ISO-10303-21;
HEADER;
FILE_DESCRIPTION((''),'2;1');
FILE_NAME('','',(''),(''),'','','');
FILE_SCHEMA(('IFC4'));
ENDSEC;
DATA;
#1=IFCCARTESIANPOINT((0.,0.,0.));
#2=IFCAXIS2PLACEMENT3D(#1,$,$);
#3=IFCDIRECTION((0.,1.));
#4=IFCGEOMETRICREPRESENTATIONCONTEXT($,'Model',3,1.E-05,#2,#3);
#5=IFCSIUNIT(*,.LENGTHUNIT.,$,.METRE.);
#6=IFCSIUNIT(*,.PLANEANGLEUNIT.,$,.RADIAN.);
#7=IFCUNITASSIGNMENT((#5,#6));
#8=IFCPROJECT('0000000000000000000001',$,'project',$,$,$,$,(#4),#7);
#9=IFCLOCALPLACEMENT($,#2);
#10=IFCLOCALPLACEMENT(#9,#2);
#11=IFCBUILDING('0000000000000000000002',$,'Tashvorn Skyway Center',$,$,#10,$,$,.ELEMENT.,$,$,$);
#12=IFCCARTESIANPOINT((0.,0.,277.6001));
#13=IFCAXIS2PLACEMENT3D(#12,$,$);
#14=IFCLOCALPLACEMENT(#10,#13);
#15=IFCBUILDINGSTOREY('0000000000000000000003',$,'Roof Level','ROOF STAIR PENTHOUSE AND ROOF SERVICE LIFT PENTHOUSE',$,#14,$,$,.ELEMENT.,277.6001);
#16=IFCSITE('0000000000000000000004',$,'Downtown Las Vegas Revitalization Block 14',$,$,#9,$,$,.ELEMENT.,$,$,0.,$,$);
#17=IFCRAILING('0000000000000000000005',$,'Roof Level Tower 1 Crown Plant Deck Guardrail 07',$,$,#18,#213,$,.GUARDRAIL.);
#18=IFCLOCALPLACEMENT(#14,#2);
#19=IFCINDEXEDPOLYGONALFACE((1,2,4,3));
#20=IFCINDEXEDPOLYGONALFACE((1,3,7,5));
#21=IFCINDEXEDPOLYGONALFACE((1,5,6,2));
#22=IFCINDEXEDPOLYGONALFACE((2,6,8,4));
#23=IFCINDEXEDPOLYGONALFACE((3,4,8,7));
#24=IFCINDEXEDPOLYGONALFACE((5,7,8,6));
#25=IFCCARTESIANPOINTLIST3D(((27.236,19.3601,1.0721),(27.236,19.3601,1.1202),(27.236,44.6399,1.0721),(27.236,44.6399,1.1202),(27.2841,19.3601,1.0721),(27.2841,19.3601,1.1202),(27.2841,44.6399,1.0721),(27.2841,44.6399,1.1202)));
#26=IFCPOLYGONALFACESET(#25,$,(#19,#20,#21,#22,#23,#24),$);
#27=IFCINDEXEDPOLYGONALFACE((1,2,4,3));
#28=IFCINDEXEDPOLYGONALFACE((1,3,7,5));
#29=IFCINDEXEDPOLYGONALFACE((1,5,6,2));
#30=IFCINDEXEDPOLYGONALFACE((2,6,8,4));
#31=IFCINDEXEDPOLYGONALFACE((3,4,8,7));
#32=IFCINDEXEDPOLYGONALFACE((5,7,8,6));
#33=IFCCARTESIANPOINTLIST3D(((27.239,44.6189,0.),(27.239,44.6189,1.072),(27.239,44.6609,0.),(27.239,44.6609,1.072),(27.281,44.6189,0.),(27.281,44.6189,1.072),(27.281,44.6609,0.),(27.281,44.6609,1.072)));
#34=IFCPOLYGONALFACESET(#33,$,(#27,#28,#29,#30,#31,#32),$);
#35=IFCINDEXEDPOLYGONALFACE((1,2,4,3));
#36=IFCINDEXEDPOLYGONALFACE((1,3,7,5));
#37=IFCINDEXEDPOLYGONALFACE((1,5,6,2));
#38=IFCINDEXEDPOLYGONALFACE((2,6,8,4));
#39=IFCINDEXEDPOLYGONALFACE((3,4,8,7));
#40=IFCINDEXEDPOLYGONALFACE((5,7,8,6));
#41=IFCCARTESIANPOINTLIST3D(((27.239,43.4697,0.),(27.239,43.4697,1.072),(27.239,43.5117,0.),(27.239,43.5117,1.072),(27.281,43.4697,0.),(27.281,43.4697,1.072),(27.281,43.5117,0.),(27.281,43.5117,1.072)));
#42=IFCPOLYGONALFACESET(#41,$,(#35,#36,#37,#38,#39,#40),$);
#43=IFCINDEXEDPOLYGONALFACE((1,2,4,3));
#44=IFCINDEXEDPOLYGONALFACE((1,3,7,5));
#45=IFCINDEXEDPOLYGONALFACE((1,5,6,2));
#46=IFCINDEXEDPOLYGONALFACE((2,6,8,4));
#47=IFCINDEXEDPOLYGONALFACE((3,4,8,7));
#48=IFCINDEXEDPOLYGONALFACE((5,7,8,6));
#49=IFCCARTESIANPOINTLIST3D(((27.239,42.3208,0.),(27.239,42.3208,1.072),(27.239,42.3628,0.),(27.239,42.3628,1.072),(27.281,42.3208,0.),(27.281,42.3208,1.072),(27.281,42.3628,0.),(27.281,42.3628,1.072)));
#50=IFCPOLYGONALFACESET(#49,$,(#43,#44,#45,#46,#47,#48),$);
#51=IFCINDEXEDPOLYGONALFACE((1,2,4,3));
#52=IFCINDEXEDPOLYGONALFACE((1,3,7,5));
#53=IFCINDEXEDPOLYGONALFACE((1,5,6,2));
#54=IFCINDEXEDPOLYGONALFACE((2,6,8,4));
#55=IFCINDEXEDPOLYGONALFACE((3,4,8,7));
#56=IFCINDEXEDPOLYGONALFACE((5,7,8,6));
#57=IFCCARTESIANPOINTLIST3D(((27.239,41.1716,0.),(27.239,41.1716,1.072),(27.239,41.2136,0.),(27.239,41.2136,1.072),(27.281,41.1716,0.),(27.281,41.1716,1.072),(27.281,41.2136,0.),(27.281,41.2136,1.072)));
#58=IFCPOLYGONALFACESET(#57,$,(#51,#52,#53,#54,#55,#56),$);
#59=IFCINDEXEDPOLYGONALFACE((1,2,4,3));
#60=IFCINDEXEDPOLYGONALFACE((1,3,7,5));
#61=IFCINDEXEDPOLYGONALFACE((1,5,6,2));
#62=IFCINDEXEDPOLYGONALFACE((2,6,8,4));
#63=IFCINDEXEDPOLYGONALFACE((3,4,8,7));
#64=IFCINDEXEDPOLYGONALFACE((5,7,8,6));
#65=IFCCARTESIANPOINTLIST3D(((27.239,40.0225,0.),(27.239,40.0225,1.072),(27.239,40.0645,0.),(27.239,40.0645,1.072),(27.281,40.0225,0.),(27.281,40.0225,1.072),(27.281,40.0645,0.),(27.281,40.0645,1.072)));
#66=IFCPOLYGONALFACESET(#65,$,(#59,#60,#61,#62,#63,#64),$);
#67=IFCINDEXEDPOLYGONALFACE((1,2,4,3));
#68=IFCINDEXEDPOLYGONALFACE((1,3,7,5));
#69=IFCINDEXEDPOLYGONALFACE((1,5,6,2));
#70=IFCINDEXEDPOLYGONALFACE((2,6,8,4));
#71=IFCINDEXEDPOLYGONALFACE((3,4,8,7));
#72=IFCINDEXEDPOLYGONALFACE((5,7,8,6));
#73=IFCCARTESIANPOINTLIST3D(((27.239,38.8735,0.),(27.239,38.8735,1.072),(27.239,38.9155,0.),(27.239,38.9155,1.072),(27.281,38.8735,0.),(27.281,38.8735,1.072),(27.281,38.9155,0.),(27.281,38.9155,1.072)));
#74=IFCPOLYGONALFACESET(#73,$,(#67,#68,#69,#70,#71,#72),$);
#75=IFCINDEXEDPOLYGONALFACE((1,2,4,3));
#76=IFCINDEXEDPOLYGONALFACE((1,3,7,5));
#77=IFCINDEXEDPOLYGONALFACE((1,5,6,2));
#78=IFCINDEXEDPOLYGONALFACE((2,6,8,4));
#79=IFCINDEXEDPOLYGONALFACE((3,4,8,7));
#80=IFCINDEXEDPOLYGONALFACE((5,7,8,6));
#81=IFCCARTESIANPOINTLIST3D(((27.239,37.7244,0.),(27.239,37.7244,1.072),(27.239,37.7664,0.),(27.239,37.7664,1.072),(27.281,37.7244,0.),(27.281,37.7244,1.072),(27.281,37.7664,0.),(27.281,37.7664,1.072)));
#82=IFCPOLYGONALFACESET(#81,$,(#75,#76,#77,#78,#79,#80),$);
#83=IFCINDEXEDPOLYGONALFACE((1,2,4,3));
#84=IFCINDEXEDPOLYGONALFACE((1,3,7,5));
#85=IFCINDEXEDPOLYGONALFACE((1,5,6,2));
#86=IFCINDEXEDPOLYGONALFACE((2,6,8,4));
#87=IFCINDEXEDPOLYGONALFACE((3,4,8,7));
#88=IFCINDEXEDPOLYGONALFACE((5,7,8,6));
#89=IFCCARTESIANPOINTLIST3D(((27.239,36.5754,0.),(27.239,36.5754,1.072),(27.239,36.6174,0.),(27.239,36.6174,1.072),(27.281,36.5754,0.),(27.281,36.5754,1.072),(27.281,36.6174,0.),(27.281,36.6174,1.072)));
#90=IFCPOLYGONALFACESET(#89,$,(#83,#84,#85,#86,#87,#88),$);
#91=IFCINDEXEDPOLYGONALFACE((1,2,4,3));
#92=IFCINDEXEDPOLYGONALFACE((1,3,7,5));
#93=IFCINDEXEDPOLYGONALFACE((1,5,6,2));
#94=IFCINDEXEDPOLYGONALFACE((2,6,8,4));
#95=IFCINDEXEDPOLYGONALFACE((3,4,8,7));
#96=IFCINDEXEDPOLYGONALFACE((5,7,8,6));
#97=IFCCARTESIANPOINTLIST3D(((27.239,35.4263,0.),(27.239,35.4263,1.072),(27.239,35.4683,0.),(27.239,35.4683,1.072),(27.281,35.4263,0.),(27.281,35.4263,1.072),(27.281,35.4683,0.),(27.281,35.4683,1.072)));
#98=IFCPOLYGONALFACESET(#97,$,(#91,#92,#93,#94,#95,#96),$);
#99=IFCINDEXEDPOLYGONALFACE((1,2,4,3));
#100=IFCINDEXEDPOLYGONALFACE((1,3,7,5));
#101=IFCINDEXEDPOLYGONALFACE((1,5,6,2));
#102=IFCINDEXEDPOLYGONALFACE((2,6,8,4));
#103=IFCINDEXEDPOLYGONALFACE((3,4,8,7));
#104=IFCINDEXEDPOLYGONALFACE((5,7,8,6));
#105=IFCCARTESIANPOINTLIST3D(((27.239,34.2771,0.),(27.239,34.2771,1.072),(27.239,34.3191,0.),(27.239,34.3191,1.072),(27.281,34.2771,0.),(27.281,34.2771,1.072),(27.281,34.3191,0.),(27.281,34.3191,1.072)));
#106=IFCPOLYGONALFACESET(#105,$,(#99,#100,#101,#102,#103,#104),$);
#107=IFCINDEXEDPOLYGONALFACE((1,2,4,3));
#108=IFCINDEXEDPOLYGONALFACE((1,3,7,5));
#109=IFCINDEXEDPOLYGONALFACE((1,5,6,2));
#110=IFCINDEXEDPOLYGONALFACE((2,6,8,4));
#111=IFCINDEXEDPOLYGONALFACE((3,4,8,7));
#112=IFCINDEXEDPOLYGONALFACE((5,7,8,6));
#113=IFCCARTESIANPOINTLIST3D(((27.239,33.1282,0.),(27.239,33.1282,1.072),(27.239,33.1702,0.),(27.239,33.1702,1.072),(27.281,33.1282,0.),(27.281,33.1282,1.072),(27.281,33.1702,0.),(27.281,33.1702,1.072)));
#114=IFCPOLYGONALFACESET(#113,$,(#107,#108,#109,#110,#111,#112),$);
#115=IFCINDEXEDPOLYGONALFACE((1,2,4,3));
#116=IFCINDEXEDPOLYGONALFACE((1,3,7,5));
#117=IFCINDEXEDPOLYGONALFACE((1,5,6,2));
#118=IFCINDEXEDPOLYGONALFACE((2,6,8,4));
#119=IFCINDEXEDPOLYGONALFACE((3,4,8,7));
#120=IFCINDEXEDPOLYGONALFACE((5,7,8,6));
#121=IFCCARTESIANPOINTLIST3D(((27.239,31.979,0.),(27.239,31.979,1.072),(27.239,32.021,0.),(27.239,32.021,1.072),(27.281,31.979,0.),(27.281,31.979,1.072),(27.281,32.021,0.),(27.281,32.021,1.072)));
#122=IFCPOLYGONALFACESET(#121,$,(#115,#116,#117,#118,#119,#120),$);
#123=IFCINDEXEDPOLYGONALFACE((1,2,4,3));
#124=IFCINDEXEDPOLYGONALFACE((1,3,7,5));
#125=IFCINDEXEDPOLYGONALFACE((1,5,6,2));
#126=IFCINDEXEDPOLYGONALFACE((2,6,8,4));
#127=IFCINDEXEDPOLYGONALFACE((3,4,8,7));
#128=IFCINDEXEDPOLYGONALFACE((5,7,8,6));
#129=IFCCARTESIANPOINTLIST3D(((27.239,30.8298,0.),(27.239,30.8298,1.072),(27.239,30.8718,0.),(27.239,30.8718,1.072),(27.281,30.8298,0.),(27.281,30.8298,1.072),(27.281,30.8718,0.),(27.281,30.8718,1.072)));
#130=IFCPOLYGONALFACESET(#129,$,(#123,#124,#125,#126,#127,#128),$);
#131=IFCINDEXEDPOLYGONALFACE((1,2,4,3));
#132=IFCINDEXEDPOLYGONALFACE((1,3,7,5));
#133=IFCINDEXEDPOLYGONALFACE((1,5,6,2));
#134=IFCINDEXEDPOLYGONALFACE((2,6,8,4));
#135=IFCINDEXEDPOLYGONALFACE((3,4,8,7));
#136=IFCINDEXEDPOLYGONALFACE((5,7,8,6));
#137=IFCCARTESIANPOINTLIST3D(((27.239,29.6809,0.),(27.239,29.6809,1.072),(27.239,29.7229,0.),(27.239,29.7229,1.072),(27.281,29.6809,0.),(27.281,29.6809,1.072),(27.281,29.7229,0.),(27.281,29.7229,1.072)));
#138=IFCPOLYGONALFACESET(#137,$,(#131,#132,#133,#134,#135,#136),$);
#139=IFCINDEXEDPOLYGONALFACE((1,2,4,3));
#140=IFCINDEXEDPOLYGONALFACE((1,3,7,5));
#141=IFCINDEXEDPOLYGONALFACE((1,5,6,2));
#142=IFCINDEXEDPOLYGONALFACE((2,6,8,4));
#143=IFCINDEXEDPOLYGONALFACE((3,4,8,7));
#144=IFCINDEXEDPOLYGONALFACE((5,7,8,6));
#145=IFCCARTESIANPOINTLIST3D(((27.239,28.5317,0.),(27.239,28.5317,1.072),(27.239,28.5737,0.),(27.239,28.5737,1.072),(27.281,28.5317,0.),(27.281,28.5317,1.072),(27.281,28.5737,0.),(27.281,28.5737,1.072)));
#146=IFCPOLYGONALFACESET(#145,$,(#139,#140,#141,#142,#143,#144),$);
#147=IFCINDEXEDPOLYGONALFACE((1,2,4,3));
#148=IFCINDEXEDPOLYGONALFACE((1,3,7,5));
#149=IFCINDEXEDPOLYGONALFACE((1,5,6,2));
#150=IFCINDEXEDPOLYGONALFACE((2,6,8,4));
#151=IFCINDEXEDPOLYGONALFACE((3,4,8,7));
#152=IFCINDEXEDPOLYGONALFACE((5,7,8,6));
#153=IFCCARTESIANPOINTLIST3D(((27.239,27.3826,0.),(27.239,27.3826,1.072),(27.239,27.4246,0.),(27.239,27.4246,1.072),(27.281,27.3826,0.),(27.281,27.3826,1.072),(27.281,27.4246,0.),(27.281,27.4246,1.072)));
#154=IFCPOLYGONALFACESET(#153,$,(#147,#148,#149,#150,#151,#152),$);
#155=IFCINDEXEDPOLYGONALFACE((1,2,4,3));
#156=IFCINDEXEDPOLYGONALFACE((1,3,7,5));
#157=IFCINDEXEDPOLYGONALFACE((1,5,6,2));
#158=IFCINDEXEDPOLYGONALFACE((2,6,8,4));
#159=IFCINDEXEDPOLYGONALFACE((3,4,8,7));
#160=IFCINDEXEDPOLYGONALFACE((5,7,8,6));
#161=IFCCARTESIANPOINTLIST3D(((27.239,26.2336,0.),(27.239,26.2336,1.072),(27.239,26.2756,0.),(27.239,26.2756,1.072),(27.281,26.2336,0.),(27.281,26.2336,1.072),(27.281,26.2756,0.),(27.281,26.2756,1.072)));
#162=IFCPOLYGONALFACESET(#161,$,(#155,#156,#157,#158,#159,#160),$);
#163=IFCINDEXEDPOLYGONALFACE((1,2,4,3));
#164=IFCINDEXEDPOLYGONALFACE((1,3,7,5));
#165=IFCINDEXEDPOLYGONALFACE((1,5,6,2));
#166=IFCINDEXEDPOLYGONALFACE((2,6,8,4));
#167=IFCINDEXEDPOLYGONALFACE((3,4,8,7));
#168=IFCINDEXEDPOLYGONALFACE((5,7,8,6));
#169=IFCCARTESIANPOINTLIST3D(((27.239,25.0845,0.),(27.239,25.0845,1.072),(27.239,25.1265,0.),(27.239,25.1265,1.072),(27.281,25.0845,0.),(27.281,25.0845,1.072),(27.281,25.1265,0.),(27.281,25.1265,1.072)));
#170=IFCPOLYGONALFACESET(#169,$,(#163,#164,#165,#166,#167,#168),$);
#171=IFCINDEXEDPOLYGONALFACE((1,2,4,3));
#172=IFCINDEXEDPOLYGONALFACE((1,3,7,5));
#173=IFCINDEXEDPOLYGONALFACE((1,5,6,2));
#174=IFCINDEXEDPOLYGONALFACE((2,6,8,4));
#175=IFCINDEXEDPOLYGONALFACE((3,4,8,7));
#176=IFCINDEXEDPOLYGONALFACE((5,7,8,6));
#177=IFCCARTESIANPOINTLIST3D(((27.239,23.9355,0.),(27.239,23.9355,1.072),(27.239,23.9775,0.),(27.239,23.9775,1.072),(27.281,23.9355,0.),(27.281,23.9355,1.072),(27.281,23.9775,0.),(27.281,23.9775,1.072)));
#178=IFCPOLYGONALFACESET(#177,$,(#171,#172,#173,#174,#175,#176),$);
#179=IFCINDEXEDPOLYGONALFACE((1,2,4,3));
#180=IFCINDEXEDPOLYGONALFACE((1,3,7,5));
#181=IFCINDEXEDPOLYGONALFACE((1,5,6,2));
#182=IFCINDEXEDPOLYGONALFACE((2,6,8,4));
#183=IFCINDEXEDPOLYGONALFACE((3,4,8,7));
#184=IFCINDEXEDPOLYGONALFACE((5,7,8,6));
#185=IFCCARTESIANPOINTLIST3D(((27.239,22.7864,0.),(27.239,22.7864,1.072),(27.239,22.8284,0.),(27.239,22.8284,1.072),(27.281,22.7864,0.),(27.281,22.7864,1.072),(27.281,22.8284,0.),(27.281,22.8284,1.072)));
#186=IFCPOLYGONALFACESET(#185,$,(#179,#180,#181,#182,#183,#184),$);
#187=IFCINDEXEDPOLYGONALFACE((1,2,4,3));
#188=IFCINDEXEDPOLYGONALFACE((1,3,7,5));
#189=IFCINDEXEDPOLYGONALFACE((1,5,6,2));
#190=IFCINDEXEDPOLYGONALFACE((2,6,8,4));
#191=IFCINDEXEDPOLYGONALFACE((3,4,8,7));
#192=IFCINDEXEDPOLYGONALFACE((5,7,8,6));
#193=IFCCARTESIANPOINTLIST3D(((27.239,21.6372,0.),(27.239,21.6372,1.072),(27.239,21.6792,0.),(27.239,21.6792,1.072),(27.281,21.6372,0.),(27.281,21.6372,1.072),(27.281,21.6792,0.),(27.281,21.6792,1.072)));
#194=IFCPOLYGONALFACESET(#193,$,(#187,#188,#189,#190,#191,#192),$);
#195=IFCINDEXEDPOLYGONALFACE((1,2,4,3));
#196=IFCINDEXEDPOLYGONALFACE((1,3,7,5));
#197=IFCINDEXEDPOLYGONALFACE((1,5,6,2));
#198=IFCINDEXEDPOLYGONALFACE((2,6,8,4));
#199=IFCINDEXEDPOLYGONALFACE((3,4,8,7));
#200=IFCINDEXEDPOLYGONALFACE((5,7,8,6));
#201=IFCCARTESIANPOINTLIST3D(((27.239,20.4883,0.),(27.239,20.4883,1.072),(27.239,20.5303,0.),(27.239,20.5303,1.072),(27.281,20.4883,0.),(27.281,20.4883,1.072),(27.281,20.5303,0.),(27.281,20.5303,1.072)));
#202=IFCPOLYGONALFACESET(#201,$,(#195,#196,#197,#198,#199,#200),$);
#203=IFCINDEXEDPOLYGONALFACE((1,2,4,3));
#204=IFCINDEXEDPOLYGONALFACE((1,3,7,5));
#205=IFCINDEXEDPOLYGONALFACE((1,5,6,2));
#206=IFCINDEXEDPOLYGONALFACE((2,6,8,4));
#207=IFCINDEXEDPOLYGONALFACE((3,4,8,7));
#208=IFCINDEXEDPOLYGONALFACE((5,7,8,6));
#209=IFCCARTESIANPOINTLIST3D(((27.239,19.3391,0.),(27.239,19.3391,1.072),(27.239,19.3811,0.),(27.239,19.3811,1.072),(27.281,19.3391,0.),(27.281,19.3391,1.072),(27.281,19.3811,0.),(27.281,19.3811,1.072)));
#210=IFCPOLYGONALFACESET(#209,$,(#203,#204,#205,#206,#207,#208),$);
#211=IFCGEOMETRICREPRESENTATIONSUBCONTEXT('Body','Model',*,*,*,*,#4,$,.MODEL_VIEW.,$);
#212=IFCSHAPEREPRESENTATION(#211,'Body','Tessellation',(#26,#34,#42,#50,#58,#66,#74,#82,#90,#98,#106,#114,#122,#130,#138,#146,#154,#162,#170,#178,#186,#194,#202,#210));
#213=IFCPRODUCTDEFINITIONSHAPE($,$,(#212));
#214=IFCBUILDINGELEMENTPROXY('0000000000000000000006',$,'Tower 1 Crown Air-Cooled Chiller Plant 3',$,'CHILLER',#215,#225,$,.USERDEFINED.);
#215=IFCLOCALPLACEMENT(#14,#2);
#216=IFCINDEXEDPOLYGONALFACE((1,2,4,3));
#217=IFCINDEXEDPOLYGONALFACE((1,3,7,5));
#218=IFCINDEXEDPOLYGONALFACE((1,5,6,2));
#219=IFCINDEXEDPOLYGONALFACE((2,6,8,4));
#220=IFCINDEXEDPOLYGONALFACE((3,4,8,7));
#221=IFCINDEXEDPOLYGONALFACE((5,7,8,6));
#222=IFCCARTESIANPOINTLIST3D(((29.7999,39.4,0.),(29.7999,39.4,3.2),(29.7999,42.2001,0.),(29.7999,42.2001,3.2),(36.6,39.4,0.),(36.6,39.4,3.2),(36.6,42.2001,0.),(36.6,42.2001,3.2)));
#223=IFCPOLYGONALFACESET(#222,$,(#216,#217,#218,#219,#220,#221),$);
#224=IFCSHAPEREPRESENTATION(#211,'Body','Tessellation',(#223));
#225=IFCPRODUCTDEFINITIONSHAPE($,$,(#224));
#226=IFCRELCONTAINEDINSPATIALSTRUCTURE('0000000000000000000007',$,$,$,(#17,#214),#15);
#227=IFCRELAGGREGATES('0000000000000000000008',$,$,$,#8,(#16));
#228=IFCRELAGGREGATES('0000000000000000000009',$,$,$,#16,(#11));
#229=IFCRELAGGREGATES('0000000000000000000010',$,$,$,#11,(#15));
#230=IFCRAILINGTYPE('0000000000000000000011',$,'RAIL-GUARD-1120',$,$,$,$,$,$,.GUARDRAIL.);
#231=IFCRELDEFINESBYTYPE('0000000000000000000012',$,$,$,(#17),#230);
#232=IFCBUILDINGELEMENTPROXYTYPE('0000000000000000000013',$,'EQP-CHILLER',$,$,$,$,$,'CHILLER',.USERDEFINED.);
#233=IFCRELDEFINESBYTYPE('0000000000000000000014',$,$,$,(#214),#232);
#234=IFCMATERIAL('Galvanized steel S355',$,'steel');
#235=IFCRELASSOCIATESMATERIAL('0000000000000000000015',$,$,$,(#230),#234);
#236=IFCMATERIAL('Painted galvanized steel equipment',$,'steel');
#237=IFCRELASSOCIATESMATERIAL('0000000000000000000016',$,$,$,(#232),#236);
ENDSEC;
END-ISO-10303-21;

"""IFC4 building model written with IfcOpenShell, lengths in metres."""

from ifc_helpers import new_model, si_unit, direction, frame, origin, origin_2d, place, context, subcontext, project, spatial, rectangle, extrude, material, type_object, element, save


model = new_model("IFC4")

# Units and contexts
model_context = context("Model", 3, precision=1e-05, world=origin(), true_north=direction((0.0, 1.0)))
body_context = subcontext(model_context, "Body", "Model", "MODEL_VIEW")
ifc_project = project(units=[si_unit("LENGTHUNIT", "METRE"), si_unit("PLANEANGLEUNIT", "RADIAN")], contexts=[model_context])

# Site, building, storey
site_placement = place(None, origin())
site = spatial("IfcSite", under=ifc_project, at=site_placement, Name="Downtown Las Vegas Revitalization Block 14", CompositionType="ELEMENT", RefElevation=0.0)
building_placement = place(site_placement, origin())
building = spatial("IfcBuilding", under=site, at=building_placement, Name="Tashvorn Skyway Center", CompositionType="ELEMENT")
storey_placement = place(building_placement, frame((0.0, 0.0, 277.6001)))
storey = spatial("IfcBuildingStorey", under=building, at=storey_placement, Name="Roof Level", Description="ROOF STAIR PENTHOUSE AND ROOF SERVICE LIFT PENTHOUSE", CompositionType="ELEMENT", Elevation=277.6001)

# Railing
ifc_material_1 = material(Name="Galvanized steel S355", Category="steel")
railing_type = type_object("IfcRailingType", Name="RAIL-GUARD-1120", PredefinedType="GUARDRAIL", material=ifc_material_1)
railing_1_placement = place(storey_placement, frame((27.26, 44.6399, 0.0)))
element("IfcRailing", 1, at=railing_1_placement, inside=storey, type_object=railing_type, Name="Roof Level Tower 1 Crown Plant Deck Guardrail 07", PredefinedType="GUARDRAIL", context=body_context, shape_type="SweptSolid", body=[
    extrude(rectangle(XDim=0.0481, YDim=0.0481, at=origin_2d()), frame((0.0, 0.0, 1.0962), z_axis=(0.0, -1.0, 0.0), x_axis=(1.0, 0.0, 0.0)), (0.0, 0.0, 1.0), 25.2798),
    extrude(rectangle(XDim=0.042, YDim=0.042, at=origin_2d()), origin(), (0.0, 0.0, 1.0), 1.072),
    extrude(rectangle(XDim=0.042, YDim=0.042, at=origin_2d()), frame((0.0, -1.1492, 0.0)), (0.0, 0.0, 1.0), 1.072),
    extrude(rectangle(XDim=0.042, YDim=0.042, at=origin_2d()), frame((0.0, -2.2981, 0.0)), (0.0, 0.0, 1.0), 1.072),
    extrude(rectangle(XDim=0.042, YDim=0.042, at=origin_2d()), frame((0.0, -3.4473, 0.0)), (0.0, 0.0, 1.0), 1.072),
    extrude(rectangle(XDim=0.042, YDim=0.042, at=origin_2d()), frame((0.0, -4.5964, 0.0)), (0.0, 0.0, 1.0), 1.072),
    extrude(rectangle(XDim=0.042, YDim=0.042, at=origin_2d()), frame((0.0, -5.7454, 0.0)), (0.0, 0.0, 1.0), 1.072),
    extrude(rectangle(XDim=0.042, YDim=0.042, at=origin_2d()), frame((0.0, -6.8945, 0.0)), (0.0, 0.0, 1.0), 1.072),
    extrude(rectangle(XDim=0.042, YDim=0.042, at=origin_2d()), frame((0.0, -8.0435, 0.0)), (0.0, 0.0, 1.0), 1.072),
    extrude(rectangle(XDim=0.042, YDim=0.042, at=origin_2d()), frame((0.0, -9.1926, 0.0)), (0.0, 0.0, 1.0), 1.072),
    extrude(rectangle(XDim=0.042, YDim=0.042, at=origin_2d()), frame((0.0, -10.3418, 0.0)), (0.0, 0.0, 1.0), 1.072),
    extrude(rectangle(XDim=0.042, YDim=0.042, at=origin_2d()), frame((0.0, -11.4907, 0.0)), (0.0, 0.0, 1.0), 1.072),
    extrude(rectangle(XDim=0.042, YDim=0.042, at=origin_2d()), frame((0.0, -12.6399, 0.0)), (0.0, 0.0, 1.0), 1.072),
    extrude(rectangle(XDim=0.042, YDim=0.042, at=origin_2d()), frame((0.0, -13.7891, 0.0)), (0.0, 0.0, 1.0), 1.072),
    extrude(rectangle(XDim=0.042, YDim=0.042, at=origin_2d()), frame((0.0, -14.938, 0.0)), (0.0, 0.0, 1.0), 1.072),
    extrude(rectangle(XDim=0.042, YDim=0.042, at=origin_2d()), frame((0.0, -16.0872, 0.0)), (0.0, 0.0, 1.0), 1.072),
    extrude(rectangle(XDim=0.042, YDim=0.042, at=origin_2d()), frame((0.0, -17.2363, 0.0)), (0.0, 0.0, 1.0), 1.072),
    extrude(rectangle(XDim=0.042, YDim=0.042, at=origin_2d()), frame((0.0, -18.3853, 0.0)), (0.0, 0.0, 1.0), 1.072),
    extrude(rectangle(XDim=0.042, YDim=0.042, at=origin_2d()), frame((0.0, -19.5344, 0.0)), (0.0, 0.0, 1.0), 1.072),
    extrude(rectangle(XDim=0.042, YDim=0.042, at=origin_2d()), frame((0.0, -20.6833, 0.0)), (0.0, 0.0, 1.0), 1.072),
    extrude(rectangle(XDim=0.042, YDim=0.042, at=origin_2d()), frame((0.0, -21.8325, 0.0)), (0.0, 0.0, 1.0), 1.072),
    extrude(rectangle(XDim=0.042, YDim=0.042, at=origin_2d()), frame((0.0, -22.9817, 0.0)), (0.0, 0.0, 1.0), 1.072),
    extrude(rectangle(XDim=0.042, YDim=0.042, at=origin_2d()), frame((0.0, -24.1306, 0.0)), (0.0, 0.0, 1.0), 1.072),
    extrude(rectangle(XDim=0.042, YDim=0.042, at=origin_2d()), frame((0.0, -25.2798, 0.0)), (0.0, 0.0, 1.0), 1.072),
])

# Building element proxy
ifc_material_2 = material(Name="Painted galvanized steel equipment", Category="steel")
building_element_proxy_type = type_object("IfcBuildingElementProxyType", Name="EQP-CHILLER", ElementType="CHILLER", PredefinedType="USERDEFINED", material=ifc_material_2)
proxy_placement = place(storey_placement, frame((33.2, 40.8, 0.0), z_axis=(0.0, 0.0, 1.0), x_axis=(1.0, 0.0, 0.0)))
element("IfcBuildingElementProxy", 2, at=proxy_placement, inside=storey, type_object=building_element_proxy_type, Name="Tower 1 Crown Air-Cooled Chiller Plant 3", ObjectType="CHILLER", PredefinedType="USERDEFINED", context=body_context, shape_type="SweptSolid", body=[
    extrude(rectangle(XDim=6.8, YDim=2.8, at=origin_2d()), origin(), (0.0, 0.0, 1.0), 3.2),
])

save(model, "model.ifc")
